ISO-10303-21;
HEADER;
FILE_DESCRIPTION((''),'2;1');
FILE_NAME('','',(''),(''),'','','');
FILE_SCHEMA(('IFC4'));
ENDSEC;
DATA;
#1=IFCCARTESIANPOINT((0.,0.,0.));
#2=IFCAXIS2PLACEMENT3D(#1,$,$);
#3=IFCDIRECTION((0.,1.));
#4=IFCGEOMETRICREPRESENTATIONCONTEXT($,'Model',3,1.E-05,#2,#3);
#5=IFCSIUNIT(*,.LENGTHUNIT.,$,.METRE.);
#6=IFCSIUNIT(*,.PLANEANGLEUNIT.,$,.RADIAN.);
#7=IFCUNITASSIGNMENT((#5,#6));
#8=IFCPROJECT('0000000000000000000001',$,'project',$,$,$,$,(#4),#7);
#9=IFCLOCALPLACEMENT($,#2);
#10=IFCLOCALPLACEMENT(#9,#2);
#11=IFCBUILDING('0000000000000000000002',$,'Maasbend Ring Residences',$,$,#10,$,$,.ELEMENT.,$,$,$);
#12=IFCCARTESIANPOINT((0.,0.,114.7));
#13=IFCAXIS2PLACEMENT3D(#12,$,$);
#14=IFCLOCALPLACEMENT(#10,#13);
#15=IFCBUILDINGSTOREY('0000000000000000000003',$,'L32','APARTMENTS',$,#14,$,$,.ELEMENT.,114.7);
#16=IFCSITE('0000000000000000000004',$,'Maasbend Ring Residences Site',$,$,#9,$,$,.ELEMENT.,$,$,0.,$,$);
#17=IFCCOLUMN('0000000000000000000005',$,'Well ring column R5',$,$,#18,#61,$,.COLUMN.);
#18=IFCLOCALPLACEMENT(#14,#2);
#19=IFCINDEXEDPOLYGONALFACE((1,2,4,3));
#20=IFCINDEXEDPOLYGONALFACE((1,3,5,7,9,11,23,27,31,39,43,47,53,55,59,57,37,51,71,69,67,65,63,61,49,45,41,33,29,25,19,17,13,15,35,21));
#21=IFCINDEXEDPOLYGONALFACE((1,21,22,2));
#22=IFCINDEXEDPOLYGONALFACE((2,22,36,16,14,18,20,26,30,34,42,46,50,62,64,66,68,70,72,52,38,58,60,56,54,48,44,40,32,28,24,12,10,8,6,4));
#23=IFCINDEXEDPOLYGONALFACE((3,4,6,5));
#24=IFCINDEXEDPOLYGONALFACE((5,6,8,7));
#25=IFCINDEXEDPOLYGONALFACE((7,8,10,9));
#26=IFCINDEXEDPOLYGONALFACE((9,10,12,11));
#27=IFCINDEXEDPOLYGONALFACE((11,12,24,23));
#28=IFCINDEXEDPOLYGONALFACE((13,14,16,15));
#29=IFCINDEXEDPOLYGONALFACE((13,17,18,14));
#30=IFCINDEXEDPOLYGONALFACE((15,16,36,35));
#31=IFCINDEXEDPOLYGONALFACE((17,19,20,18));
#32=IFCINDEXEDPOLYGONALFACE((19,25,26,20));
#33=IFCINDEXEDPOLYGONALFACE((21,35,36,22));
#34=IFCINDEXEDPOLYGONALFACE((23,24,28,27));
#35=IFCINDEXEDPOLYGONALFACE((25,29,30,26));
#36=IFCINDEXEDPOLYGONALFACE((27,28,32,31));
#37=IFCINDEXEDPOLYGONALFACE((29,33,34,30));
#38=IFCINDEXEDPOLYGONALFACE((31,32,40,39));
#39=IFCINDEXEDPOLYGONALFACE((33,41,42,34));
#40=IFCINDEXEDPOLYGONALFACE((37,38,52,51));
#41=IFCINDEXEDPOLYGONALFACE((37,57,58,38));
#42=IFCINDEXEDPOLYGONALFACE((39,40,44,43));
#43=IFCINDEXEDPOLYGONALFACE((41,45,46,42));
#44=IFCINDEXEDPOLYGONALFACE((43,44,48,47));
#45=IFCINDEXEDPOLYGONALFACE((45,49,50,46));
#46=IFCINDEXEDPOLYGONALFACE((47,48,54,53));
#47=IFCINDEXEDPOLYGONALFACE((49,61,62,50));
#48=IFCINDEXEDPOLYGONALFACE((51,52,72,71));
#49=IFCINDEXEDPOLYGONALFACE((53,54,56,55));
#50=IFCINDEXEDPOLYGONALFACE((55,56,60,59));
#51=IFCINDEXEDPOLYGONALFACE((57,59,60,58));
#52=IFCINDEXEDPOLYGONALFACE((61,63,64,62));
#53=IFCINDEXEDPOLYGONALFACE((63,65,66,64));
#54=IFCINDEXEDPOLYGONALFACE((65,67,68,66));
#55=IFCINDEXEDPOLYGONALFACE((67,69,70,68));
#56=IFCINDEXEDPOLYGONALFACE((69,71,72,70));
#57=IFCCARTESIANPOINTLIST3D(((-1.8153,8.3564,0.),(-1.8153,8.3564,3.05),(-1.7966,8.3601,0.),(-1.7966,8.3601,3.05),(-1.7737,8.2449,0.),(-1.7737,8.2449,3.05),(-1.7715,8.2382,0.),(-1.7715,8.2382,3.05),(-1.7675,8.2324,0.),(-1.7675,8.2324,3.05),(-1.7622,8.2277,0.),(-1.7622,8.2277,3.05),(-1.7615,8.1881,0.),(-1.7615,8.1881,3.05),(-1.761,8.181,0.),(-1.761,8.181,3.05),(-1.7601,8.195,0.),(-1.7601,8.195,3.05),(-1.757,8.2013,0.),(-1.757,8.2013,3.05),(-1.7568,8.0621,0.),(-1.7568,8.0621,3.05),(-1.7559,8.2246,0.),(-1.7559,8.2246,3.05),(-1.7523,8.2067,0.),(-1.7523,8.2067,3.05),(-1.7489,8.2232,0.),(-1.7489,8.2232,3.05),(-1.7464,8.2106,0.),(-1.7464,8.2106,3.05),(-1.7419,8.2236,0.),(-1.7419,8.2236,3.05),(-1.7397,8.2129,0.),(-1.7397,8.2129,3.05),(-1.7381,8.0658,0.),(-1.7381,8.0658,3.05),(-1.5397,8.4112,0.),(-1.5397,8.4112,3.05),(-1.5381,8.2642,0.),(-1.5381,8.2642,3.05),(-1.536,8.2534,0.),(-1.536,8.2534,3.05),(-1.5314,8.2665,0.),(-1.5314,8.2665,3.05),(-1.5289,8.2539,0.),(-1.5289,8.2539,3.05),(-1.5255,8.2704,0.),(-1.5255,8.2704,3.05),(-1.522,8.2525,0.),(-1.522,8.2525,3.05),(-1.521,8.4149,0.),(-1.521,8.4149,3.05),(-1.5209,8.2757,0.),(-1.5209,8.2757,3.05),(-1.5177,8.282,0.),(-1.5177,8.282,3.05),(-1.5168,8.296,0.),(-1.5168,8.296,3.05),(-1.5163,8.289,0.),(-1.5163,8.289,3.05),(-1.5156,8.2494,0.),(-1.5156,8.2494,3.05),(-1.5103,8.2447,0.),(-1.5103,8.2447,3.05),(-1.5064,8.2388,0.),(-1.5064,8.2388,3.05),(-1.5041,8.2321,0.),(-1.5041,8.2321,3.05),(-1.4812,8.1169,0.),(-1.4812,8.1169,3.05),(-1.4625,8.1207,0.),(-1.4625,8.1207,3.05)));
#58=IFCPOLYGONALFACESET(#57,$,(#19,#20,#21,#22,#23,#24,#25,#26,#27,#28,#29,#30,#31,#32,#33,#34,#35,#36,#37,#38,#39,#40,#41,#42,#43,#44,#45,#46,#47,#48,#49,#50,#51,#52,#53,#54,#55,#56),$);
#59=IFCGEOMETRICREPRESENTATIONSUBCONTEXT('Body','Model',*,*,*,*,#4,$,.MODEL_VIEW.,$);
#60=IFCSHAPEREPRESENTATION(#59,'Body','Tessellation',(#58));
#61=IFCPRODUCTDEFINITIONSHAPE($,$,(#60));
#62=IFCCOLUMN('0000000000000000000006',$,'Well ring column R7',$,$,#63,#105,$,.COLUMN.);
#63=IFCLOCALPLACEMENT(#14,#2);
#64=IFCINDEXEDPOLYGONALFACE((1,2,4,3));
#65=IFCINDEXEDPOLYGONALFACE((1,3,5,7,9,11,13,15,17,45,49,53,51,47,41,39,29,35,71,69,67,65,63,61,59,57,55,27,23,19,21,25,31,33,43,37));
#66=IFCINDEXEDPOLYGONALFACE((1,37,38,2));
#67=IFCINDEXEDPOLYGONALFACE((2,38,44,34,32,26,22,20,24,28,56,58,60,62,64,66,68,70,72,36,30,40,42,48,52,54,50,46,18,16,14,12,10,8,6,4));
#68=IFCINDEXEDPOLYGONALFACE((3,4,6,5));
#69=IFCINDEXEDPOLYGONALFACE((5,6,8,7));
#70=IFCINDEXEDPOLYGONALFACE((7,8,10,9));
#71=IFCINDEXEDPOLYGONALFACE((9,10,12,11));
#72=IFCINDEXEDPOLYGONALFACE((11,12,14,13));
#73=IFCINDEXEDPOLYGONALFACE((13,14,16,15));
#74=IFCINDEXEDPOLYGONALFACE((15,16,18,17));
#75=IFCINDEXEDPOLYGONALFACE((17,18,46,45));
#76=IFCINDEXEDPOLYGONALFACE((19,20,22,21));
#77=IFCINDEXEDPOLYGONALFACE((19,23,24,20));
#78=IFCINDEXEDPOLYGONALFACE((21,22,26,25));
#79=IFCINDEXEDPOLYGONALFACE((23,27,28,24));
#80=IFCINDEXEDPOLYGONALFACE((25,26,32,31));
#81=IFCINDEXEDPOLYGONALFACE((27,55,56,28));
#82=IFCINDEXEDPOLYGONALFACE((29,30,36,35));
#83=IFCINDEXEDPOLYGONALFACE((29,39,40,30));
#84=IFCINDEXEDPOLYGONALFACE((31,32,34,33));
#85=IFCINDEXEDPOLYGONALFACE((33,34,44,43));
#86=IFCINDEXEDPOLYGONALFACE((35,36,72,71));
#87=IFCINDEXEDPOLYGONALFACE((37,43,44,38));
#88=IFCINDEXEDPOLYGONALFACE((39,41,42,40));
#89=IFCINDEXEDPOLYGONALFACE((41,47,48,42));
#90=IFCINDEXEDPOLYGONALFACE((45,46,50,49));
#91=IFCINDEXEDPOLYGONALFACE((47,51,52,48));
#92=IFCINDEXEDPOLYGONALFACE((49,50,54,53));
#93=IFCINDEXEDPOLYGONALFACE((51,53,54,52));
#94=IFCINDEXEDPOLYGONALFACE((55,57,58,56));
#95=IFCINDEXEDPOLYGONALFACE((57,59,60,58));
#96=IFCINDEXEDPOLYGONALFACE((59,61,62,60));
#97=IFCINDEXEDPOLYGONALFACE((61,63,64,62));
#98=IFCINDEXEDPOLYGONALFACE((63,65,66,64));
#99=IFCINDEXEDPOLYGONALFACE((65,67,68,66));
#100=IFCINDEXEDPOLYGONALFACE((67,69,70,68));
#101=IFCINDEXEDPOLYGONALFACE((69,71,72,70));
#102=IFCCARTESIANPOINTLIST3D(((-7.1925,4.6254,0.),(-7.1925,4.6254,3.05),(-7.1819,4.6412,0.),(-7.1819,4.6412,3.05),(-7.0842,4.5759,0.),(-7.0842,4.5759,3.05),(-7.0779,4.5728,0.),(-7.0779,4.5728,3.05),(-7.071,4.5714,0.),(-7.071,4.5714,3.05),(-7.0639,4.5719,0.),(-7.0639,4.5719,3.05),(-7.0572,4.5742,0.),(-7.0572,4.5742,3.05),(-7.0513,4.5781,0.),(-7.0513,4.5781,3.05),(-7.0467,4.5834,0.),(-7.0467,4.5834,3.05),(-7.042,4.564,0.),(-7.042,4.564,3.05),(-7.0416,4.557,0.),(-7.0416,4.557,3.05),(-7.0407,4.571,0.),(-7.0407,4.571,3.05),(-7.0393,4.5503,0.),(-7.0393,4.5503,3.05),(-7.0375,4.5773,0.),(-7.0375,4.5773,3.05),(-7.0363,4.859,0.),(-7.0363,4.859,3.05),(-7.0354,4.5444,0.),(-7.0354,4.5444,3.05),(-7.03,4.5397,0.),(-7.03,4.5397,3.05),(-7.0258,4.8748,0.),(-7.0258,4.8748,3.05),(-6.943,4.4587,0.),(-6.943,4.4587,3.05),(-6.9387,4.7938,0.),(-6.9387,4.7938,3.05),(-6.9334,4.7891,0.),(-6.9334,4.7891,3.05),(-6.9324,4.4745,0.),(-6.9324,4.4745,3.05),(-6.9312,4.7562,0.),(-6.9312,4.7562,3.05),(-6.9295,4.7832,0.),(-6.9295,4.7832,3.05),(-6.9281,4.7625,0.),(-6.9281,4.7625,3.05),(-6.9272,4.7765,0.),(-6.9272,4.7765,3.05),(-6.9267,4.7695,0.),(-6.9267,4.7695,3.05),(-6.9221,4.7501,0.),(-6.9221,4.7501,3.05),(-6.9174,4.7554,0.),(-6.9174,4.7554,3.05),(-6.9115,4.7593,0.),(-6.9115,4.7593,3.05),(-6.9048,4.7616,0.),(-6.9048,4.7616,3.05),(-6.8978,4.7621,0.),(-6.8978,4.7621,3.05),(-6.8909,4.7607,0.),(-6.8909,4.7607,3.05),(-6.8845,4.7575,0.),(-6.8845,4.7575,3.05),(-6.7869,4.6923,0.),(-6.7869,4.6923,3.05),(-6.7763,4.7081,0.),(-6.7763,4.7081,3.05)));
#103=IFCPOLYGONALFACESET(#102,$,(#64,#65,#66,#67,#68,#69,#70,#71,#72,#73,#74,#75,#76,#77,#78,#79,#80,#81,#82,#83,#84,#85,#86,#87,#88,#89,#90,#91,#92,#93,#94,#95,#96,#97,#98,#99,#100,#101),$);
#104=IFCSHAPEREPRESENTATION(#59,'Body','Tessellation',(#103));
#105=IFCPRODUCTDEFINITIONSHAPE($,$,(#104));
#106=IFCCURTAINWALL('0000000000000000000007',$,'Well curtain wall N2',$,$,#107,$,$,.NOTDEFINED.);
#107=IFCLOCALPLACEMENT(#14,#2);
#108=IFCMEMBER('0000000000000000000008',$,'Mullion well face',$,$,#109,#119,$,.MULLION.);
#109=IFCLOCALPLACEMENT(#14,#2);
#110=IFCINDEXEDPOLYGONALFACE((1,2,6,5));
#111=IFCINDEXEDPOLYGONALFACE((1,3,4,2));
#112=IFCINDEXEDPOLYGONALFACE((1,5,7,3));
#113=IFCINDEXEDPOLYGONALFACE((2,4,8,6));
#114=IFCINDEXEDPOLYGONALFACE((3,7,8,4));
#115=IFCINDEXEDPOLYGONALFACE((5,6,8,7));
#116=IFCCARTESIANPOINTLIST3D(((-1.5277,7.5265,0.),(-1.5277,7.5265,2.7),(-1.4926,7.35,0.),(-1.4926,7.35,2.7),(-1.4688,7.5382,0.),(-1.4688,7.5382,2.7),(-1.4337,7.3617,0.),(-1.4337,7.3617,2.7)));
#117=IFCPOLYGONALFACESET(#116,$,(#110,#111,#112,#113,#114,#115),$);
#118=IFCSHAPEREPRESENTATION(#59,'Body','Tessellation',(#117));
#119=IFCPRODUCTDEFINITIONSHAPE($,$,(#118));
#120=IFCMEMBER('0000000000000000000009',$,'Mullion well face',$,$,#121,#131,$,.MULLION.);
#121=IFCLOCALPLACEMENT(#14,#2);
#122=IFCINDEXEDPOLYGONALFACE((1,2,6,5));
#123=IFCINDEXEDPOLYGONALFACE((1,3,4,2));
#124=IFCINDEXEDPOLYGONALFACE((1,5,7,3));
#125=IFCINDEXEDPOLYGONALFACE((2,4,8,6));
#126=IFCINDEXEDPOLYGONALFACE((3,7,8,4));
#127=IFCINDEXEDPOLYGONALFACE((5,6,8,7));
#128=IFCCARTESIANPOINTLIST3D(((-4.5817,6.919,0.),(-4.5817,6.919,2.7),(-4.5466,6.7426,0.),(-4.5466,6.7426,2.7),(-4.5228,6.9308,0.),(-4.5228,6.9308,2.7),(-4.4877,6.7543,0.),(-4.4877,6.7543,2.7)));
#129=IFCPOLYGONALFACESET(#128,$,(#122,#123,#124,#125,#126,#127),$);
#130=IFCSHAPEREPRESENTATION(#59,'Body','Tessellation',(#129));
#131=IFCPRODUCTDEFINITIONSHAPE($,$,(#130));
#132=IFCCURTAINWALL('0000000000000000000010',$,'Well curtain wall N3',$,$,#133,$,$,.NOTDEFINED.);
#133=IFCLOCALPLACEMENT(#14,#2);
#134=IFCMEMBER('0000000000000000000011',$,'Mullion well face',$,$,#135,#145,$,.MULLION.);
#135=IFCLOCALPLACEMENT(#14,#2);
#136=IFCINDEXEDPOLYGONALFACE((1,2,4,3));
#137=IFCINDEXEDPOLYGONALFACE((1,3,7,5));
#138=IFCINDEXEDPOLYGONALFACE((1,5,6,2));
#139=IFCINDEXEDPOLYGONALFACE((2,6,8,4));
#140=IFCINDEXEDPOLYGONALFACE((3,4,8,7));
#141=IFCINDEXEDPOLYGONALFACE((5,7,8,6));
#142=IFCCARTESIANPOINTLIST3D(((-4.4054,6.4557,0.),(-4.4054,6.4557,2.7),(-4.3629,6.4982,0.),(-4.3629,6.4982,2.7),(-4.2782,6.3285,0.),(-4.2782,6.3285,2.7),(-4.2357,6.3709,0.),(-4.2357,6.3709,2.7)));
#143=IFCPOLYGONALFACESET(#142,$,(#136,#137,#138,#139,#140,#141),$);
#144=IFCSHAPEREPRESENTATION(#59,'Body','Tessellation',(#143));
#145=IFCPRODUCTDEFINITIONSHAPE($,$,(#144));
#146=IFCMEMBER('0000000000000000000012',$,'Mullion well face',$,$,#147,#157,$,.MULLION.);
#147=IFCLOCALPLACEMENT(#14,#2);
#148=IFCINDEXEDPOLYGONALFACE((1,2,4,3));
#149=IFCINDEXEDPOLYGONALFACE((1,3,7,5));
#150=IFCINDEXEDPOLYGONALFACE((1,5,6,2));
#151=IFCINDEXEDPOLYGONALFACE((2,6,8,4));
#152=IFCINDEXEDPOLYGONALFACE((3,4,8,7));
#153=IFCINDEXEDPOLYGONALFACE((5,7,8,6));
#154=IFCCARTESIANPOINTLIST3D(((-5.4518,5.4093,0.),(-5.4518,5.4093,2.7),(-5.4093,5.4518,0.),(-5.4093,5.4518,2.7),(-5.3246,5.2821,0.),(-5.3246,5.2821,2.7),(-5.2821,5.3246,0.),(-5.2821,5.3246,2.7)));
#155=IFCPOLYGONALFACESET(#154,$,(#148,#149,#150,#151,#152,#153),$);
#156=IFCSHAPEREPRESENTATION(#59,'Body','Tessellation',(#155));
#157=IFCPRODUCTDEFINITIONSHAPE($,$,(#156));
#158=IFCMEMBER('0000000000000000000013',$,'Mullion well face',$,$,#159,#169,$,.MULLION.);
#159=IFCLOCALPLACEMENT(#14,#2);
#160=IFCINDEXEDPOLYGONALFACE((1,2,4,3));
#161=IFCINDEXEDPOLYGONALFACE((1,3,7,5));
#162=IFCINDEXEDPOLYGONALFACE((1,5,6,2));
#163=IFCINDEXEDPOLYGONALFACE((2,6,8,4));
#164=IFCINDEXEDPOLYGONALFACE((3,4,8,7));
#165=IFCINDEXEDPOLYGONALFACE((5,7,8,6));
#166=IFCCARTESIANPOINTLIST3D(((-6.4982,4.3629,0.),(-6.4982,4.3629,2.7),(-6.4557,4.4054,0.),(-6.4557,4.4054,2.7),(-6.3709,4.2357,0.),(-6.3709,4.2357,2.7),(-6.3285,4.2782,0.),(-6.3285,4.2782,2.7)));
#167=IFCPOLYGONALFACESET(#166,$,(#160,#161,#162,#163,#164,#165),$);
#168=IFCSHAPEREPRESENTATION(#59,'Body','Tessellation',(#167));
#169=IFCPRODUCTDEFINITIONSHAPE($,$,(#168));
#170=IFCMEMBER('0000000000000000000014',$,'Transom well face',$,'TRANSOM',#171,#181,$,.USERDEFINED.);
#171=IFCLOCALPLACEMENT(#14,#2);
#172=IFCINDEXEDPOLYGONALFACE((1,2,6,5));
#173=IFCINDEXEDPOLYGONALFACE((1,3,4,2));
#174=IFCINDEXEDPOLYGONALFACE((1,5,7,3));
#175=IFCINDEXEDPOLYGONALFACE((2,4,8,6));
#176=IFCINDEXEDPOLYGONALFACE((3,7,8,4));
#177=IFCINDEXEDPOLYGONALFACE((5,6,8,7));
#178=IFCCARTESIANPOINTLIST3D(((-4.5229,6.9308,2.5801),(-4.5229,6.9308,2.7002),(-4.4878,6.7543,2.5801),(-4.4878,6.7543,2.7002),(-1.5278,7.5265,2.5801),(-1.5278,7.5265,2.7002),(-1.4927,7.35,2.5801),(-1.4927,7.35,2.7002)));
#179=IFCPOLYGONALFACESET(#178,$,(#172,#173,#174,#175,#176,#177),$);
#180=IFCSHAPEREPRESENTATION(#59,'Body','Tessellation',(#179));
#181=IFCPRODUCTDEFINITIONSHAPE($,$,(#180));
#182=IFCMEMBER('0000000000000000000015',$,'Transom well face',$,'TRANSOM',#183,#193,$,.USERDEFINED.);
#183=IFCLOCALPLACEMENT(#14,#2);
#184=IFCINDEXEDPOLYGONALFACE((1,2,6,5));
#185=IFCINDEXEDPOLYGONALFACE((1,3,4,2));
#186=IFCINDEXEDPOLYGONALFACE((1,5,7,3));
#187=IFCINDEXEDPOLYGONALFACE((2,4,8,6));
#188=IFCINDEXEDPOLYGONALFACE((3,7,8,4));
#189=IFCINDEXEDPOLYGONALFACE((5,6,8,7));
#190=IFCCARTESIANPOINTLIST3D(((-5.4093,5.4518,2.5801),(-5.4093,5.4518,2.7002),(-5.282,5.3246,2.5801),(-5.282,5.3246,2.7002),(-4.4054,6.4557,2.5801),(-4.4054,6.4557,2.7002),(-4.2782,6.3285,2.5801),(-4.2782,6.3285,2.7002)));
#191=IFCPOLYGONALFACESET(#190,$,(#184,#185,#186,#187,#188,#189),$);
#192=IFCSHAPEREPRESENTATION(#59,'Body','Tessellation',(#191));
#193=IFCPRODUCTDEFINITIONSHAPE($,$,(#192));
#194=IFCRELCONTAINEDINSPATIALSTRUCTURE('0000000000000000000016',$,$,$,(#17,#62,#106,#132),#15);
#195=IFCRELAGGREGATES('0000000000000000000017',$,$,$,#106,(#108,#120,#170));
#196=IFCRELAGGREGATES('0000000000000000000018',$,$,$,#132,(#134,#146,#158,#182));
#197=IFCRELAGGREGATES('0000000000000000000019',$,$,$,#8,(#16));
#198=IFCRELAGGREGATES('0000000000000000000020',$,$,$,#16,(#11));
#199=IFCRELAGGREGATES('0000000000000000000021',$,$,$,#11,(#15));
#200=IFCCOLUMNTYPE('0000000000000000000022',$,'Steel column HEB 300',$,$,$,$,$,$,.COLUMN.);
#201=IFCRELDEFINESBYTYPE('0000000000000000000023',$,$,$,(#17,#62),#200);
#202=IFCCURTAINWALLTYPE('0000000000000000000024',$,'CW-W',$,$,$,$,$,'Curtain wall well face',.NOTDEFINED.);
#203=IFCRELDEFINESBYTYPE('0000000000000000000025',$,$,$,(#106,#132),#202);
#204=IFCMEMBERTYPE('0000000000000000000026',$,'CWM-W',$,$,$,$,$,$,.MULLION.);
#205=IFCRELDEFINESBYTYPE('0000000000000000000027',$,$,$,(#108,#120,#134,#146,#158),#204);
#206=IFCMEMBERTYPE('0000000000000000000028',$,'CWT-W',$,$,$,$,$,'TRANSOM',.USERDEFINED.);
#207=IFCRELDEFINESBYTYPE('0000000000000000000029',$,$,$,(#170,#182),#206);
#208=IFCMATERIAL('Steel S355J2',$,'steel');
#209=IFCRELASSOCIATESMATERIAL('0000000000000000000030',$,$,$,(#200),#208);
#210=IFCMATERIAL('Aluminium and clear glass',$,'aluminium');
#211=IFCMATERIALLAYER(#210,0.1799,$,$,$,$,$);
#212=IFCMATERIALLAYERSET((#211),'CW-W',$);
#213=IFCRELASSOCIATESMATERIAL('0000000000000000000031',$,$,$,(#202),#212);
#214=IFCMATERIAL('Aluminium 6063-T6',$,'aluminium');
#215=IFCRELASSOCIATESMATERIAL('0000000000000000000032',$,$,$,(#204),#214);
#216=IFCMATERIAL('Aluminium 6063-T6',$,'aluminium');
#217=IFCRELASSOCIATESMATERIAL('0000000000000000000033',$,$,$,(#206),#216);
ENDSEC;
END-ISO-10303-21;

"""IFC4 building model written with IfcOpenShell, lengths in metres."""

from ifc_helpers import new_model, si_unit, direction, frame, origin, origin_2d, place, context, subcontext, project, spatial, rectangle, i_section, extrude, material, layer, layer_set, material_profile, profile_set, type_object, element, aggregate, save


model = new_model("IFC4")

# Units and contexts
model_context = context("Model", 3, precision=1e-05, world=origin(), true_north=direction((0.0, 1.0)))
body_context = subcontext(model_context, "Body", "Model", "MODEL_VIEW")
ifc_project = project(units=[si_unit("LENGTHUNIT", "METRE"), si_unit("PLANEANGLEUNIT", "RADIAN")], contexts=[model_context])

# Site, building, storey
site_placement = place(None, origin())
site = spatial("IfcSite", under=ifc_project, at=site_placement, Name="Maasbend Ring Residences Site", CompositionType="ELEMENT", RefElevation=0.0)
building_placement = place(site_placement, origin())
building = spatial("IfcBuilding", under=site, at=building_placement, Name="Maasbend Ring Residences", CompositionType="ELEMENT")
storey_placement = place(building_placement, frame((0.0, 0.0, 114.7)))
storey = spatial("IfcBuildingStorey", under=building, at=storey_placement, Name="L32", Description="APARTMENTS", CompositionType="ELEMENT", Elevation=114.7)

# Columns
ifc_material_1 = material(Name="Steel S355J2", Category="steel")
ifc_material_profile_1 = material_profile(ifc_material_1, i_section(OverallWidth=0.3, OverallDepth=0.3, WebThickness=0.011, FlangeThickness=0.019, FilletRadius=0.0271, at=origin_2d()), Name="HEB 300")
ifc_profile_set_1 = profile_set([ifc_material_profile_1], Name="Steel S355J2")
column_type = type_object("IfcColumnType", Name="Steel column HEB 300", PredefinedType="COLUMN", material=ifc_profile_set_1)
for number, where, z_axis, x_axis, name in (
    (1, (-1.6389, 8.2385, 0.0), (0.0, 0.0, 1.0), (-0.19509, 0.980785, 0.0), "Well ring column R5"),
    (2, (-6.9844, 4.6667, 0.0), (0.0, 0.0, 1.0), (-0.83147, 0.55557, 0.0), "Well ring column R7"),
):
    element("IfcColumn", number, at=place(storey_placement, frame(where, z_axis=z_axis, x_axis=x_axis)), inside=storey, type_object=column_type, Name=name, PredefinedType="COLUMN", context=body_context, shape_type="SweptSolid", body=[
        extrude(i_section(OverallWidth=0.3, OverallDepth=0.3, WebThickness=0.011, FlangeThickness=0.019, FilletRadius=0.0271, at=origin_2d()), origin(), (0.0, 0.0, 1.0), 3.05),
    ])

# Curtain walls, members
ifc_material_2 = material(Name="Aluminium and clear glass", Category="aluminium")
ifc_layer_1 = layer(ifc_material_2, 0.1799)
ifc_layer_set_1 = layer_set([ifc_layer_1], Name="CW-W")
curtain_wall_type = type_object("IfcCurtainWallType", Name="CW-W", ElementType="Curtain wall well face", PredefinedType="NOTDEFINED", material=ifc_layer_set_1)
curtain_wall_1_placement = place(storey_placement, origin())
curtain_wall_1 = element("IfcCurtainWall", 3, at=curtain_wall_1_placement, inside=storey, type_object=curtain_wall_type, Name="Well curtain wall N2", PredefinedType="NOTDEFINED")
ifc_material_3 = material(Name="Aluminium 6063-T6", Category="aluminium")
ifc_material_profile_2 = material_profile(ifc_material_3, rectangle(XDim=0.1799, YDim=0.0601, at=origin_2d()), Name="AL 180x60")
ifc_profile_set_2 = profile_set([ifc_material_profile_2], Name="Aluminium 6063-T6")
member_type_1 = type_object("IfcMemberType", Name="CWM-W", PredefinedType="MULLION", material=ifc_profile_set_2)
member_1_placement = place(storey_placement, frame((-1.4807, 7.4441, 0.0), z_axis=(0.0, 0.0, 1.0), x_axis=(0.19509, -0.980785, 0.0)))
member_1 = element("IfcMember", 4, at=member_1_placement, type_object=member_type_1, Name="Mullion well face", PredefinedType="MULLION", context=body_context, shape_type="SweptSolid", body=[
    extrude(rectangle(XDim=0.1799, YDim=0.0601, at=origin_2d()), origin(), (0.0, 0.0, 1.0), 2.7),
])
member_2_placement = place(storey_placement, frame((-4.5347, 6.8367, 0.0), z_axis=(0.0, 0.0, 1.0), x_axis=(0.19509, -0.980785, 0.0)))
member_2 = element("IfcMember", 5, at=member_2_placement, type_object=member_type_1, Name="Mullion well face", PredefinedType="MULLION", context=body_context, shape_type="SweptSolid", body=[
    extrude(rectangle(XDim=0.1799, YDim=0.0601, at=origin_2d()), origin(), (0.0, 0.0, 1.0), 2.7),
])
curtain_wall_2_placement = place(storey_placement, origin())
curtain_wall_2 = element("IfcCurtainWall", 6, at=curtain_wall_2_placement, inside=storey, type_object=curtain_wall_type, Name="Well curtain wall N3", PredefinedType="NOTDEFINED")
member_3_placement = place(storey_placement, frame((-4.3206, 6.4133, 0.0), z_axis=(0.0, 0.0, 1.0), x_axis=(0.707107, -0.707107, 0.0)))
member_3 = element("IfcMember", 7, at=member_3_placement, type_object=member_type_1, Name="Mullion well face", PredefinedType="MULLION", context=body_context, shape_type="SweptSolid", body=[
    extrude(rectangle(XDim=0.1799, YDim=0.0601, at=origin_2d()), origin(), (0.0, 0.0, 1.0), 2.7),
])
member_4_placement = place(storey_placement, frame((-5.3669, 5.3669, 0.0), z_axis=(0.0, 0.0, 1.0), x_axis=(0.707107, -0.707107, 0.0)))
member_4 = element("IfcMember", 8, at=member_4_placement, type_object=member_type_1, Name="Mullion well face", PredefinedType="MULLION", context=body_context, shape_type="SweptSolid", body=[
    extrude(rectangle(XDim=0.1799, YDim=0.0601, at=origin_2d()), origin(), (0.0, 0.0, 1.0), 2.7),
])
member_5_placement = place(storey_placement, frame((-6.4133, 4.3206, 0.0), z_axis=(0.0, 0.0, 1.0), x_axis=(0.707107, -0.707107, 0.0)))
member_5 = element("IfcMember", 9, at=member_5_placement, type_object=member_type_1, Name="Mullion well face", PredefinedType="MULLION", context=body_context, shape_type="SweptSolid", body=[
    extrude(rectangle(XDim=0.1799, YDim=0.0601, at=origin_2d()), origin(), (0.0, 0.0, 1.0), 2.7),
])

# Members
ifc_material_4 = material(Name="Aluminium 6063-T6", Category="aluminium")
ifc_material_profile_3 = material_profile(ifc_material_4, rectangle(XDim=0.1799, YDim=0.1201, at=origin_2d()), Name="AL 180x120")
ifc_profile_set_3 = profile_set([ifc_material_profile_3], Name="Aluminium 6063-T6")
member_type_2 = type_object("IfcMemberType", Name="CWT-W", ElementType="TRANSOM", PredefinedType="USERDEFINED", material=ifc_profile_set_3)
member_6_placement = place(storey_placement, frame((-1.5103, 7.4382, 2.6401), z_axis=(-0.980789, -0.195071, 0.0), x_axis=(0.195071, -0.980789, 0.0)))
member_6 = element("IfcMember", 10, at=member_6_placement, type_object=member_type_2, Name="Transom well face", ObjectType="TRANSOM", PredefinedType="USERDEFINED", context=body_context, shape_type="SweptSolid", body=[
    extrude(rectangle(XDim=0.1799, YDim=0.1201, at=origin_2d()), origin(), (0.0, 0.0, 1.0), 3.0537),
])
member_7_placement = place(storey_placement, frame((-4.3418, 6.3921, 2.6401), z_axis=(-0.707107, -0.707107, 0.0), x_axis=(0.707107, -0.707107, 0.0)))
member_7 = element("IfcMember", 11, at=member_7_placement, type_object=member_type_2, Name="Transom well face", ObjectType="TRANSOM", PredefinedType="USERDEFINED", context=body_context, shape_type="SweptSolid", body=[
    extrude(rectangle(XDim=0.1799, YDim=0.1201, at=origin_2d()), origin(), (0.0, 0.0, 1.0), 1.4197),
])

aggregate(curtain_wall_1, [member_1, member_2, member_6])
aggregate(curtain_wall_2, [member_3, member_4, member_5, member_7])

save(model, "model.ifc")
